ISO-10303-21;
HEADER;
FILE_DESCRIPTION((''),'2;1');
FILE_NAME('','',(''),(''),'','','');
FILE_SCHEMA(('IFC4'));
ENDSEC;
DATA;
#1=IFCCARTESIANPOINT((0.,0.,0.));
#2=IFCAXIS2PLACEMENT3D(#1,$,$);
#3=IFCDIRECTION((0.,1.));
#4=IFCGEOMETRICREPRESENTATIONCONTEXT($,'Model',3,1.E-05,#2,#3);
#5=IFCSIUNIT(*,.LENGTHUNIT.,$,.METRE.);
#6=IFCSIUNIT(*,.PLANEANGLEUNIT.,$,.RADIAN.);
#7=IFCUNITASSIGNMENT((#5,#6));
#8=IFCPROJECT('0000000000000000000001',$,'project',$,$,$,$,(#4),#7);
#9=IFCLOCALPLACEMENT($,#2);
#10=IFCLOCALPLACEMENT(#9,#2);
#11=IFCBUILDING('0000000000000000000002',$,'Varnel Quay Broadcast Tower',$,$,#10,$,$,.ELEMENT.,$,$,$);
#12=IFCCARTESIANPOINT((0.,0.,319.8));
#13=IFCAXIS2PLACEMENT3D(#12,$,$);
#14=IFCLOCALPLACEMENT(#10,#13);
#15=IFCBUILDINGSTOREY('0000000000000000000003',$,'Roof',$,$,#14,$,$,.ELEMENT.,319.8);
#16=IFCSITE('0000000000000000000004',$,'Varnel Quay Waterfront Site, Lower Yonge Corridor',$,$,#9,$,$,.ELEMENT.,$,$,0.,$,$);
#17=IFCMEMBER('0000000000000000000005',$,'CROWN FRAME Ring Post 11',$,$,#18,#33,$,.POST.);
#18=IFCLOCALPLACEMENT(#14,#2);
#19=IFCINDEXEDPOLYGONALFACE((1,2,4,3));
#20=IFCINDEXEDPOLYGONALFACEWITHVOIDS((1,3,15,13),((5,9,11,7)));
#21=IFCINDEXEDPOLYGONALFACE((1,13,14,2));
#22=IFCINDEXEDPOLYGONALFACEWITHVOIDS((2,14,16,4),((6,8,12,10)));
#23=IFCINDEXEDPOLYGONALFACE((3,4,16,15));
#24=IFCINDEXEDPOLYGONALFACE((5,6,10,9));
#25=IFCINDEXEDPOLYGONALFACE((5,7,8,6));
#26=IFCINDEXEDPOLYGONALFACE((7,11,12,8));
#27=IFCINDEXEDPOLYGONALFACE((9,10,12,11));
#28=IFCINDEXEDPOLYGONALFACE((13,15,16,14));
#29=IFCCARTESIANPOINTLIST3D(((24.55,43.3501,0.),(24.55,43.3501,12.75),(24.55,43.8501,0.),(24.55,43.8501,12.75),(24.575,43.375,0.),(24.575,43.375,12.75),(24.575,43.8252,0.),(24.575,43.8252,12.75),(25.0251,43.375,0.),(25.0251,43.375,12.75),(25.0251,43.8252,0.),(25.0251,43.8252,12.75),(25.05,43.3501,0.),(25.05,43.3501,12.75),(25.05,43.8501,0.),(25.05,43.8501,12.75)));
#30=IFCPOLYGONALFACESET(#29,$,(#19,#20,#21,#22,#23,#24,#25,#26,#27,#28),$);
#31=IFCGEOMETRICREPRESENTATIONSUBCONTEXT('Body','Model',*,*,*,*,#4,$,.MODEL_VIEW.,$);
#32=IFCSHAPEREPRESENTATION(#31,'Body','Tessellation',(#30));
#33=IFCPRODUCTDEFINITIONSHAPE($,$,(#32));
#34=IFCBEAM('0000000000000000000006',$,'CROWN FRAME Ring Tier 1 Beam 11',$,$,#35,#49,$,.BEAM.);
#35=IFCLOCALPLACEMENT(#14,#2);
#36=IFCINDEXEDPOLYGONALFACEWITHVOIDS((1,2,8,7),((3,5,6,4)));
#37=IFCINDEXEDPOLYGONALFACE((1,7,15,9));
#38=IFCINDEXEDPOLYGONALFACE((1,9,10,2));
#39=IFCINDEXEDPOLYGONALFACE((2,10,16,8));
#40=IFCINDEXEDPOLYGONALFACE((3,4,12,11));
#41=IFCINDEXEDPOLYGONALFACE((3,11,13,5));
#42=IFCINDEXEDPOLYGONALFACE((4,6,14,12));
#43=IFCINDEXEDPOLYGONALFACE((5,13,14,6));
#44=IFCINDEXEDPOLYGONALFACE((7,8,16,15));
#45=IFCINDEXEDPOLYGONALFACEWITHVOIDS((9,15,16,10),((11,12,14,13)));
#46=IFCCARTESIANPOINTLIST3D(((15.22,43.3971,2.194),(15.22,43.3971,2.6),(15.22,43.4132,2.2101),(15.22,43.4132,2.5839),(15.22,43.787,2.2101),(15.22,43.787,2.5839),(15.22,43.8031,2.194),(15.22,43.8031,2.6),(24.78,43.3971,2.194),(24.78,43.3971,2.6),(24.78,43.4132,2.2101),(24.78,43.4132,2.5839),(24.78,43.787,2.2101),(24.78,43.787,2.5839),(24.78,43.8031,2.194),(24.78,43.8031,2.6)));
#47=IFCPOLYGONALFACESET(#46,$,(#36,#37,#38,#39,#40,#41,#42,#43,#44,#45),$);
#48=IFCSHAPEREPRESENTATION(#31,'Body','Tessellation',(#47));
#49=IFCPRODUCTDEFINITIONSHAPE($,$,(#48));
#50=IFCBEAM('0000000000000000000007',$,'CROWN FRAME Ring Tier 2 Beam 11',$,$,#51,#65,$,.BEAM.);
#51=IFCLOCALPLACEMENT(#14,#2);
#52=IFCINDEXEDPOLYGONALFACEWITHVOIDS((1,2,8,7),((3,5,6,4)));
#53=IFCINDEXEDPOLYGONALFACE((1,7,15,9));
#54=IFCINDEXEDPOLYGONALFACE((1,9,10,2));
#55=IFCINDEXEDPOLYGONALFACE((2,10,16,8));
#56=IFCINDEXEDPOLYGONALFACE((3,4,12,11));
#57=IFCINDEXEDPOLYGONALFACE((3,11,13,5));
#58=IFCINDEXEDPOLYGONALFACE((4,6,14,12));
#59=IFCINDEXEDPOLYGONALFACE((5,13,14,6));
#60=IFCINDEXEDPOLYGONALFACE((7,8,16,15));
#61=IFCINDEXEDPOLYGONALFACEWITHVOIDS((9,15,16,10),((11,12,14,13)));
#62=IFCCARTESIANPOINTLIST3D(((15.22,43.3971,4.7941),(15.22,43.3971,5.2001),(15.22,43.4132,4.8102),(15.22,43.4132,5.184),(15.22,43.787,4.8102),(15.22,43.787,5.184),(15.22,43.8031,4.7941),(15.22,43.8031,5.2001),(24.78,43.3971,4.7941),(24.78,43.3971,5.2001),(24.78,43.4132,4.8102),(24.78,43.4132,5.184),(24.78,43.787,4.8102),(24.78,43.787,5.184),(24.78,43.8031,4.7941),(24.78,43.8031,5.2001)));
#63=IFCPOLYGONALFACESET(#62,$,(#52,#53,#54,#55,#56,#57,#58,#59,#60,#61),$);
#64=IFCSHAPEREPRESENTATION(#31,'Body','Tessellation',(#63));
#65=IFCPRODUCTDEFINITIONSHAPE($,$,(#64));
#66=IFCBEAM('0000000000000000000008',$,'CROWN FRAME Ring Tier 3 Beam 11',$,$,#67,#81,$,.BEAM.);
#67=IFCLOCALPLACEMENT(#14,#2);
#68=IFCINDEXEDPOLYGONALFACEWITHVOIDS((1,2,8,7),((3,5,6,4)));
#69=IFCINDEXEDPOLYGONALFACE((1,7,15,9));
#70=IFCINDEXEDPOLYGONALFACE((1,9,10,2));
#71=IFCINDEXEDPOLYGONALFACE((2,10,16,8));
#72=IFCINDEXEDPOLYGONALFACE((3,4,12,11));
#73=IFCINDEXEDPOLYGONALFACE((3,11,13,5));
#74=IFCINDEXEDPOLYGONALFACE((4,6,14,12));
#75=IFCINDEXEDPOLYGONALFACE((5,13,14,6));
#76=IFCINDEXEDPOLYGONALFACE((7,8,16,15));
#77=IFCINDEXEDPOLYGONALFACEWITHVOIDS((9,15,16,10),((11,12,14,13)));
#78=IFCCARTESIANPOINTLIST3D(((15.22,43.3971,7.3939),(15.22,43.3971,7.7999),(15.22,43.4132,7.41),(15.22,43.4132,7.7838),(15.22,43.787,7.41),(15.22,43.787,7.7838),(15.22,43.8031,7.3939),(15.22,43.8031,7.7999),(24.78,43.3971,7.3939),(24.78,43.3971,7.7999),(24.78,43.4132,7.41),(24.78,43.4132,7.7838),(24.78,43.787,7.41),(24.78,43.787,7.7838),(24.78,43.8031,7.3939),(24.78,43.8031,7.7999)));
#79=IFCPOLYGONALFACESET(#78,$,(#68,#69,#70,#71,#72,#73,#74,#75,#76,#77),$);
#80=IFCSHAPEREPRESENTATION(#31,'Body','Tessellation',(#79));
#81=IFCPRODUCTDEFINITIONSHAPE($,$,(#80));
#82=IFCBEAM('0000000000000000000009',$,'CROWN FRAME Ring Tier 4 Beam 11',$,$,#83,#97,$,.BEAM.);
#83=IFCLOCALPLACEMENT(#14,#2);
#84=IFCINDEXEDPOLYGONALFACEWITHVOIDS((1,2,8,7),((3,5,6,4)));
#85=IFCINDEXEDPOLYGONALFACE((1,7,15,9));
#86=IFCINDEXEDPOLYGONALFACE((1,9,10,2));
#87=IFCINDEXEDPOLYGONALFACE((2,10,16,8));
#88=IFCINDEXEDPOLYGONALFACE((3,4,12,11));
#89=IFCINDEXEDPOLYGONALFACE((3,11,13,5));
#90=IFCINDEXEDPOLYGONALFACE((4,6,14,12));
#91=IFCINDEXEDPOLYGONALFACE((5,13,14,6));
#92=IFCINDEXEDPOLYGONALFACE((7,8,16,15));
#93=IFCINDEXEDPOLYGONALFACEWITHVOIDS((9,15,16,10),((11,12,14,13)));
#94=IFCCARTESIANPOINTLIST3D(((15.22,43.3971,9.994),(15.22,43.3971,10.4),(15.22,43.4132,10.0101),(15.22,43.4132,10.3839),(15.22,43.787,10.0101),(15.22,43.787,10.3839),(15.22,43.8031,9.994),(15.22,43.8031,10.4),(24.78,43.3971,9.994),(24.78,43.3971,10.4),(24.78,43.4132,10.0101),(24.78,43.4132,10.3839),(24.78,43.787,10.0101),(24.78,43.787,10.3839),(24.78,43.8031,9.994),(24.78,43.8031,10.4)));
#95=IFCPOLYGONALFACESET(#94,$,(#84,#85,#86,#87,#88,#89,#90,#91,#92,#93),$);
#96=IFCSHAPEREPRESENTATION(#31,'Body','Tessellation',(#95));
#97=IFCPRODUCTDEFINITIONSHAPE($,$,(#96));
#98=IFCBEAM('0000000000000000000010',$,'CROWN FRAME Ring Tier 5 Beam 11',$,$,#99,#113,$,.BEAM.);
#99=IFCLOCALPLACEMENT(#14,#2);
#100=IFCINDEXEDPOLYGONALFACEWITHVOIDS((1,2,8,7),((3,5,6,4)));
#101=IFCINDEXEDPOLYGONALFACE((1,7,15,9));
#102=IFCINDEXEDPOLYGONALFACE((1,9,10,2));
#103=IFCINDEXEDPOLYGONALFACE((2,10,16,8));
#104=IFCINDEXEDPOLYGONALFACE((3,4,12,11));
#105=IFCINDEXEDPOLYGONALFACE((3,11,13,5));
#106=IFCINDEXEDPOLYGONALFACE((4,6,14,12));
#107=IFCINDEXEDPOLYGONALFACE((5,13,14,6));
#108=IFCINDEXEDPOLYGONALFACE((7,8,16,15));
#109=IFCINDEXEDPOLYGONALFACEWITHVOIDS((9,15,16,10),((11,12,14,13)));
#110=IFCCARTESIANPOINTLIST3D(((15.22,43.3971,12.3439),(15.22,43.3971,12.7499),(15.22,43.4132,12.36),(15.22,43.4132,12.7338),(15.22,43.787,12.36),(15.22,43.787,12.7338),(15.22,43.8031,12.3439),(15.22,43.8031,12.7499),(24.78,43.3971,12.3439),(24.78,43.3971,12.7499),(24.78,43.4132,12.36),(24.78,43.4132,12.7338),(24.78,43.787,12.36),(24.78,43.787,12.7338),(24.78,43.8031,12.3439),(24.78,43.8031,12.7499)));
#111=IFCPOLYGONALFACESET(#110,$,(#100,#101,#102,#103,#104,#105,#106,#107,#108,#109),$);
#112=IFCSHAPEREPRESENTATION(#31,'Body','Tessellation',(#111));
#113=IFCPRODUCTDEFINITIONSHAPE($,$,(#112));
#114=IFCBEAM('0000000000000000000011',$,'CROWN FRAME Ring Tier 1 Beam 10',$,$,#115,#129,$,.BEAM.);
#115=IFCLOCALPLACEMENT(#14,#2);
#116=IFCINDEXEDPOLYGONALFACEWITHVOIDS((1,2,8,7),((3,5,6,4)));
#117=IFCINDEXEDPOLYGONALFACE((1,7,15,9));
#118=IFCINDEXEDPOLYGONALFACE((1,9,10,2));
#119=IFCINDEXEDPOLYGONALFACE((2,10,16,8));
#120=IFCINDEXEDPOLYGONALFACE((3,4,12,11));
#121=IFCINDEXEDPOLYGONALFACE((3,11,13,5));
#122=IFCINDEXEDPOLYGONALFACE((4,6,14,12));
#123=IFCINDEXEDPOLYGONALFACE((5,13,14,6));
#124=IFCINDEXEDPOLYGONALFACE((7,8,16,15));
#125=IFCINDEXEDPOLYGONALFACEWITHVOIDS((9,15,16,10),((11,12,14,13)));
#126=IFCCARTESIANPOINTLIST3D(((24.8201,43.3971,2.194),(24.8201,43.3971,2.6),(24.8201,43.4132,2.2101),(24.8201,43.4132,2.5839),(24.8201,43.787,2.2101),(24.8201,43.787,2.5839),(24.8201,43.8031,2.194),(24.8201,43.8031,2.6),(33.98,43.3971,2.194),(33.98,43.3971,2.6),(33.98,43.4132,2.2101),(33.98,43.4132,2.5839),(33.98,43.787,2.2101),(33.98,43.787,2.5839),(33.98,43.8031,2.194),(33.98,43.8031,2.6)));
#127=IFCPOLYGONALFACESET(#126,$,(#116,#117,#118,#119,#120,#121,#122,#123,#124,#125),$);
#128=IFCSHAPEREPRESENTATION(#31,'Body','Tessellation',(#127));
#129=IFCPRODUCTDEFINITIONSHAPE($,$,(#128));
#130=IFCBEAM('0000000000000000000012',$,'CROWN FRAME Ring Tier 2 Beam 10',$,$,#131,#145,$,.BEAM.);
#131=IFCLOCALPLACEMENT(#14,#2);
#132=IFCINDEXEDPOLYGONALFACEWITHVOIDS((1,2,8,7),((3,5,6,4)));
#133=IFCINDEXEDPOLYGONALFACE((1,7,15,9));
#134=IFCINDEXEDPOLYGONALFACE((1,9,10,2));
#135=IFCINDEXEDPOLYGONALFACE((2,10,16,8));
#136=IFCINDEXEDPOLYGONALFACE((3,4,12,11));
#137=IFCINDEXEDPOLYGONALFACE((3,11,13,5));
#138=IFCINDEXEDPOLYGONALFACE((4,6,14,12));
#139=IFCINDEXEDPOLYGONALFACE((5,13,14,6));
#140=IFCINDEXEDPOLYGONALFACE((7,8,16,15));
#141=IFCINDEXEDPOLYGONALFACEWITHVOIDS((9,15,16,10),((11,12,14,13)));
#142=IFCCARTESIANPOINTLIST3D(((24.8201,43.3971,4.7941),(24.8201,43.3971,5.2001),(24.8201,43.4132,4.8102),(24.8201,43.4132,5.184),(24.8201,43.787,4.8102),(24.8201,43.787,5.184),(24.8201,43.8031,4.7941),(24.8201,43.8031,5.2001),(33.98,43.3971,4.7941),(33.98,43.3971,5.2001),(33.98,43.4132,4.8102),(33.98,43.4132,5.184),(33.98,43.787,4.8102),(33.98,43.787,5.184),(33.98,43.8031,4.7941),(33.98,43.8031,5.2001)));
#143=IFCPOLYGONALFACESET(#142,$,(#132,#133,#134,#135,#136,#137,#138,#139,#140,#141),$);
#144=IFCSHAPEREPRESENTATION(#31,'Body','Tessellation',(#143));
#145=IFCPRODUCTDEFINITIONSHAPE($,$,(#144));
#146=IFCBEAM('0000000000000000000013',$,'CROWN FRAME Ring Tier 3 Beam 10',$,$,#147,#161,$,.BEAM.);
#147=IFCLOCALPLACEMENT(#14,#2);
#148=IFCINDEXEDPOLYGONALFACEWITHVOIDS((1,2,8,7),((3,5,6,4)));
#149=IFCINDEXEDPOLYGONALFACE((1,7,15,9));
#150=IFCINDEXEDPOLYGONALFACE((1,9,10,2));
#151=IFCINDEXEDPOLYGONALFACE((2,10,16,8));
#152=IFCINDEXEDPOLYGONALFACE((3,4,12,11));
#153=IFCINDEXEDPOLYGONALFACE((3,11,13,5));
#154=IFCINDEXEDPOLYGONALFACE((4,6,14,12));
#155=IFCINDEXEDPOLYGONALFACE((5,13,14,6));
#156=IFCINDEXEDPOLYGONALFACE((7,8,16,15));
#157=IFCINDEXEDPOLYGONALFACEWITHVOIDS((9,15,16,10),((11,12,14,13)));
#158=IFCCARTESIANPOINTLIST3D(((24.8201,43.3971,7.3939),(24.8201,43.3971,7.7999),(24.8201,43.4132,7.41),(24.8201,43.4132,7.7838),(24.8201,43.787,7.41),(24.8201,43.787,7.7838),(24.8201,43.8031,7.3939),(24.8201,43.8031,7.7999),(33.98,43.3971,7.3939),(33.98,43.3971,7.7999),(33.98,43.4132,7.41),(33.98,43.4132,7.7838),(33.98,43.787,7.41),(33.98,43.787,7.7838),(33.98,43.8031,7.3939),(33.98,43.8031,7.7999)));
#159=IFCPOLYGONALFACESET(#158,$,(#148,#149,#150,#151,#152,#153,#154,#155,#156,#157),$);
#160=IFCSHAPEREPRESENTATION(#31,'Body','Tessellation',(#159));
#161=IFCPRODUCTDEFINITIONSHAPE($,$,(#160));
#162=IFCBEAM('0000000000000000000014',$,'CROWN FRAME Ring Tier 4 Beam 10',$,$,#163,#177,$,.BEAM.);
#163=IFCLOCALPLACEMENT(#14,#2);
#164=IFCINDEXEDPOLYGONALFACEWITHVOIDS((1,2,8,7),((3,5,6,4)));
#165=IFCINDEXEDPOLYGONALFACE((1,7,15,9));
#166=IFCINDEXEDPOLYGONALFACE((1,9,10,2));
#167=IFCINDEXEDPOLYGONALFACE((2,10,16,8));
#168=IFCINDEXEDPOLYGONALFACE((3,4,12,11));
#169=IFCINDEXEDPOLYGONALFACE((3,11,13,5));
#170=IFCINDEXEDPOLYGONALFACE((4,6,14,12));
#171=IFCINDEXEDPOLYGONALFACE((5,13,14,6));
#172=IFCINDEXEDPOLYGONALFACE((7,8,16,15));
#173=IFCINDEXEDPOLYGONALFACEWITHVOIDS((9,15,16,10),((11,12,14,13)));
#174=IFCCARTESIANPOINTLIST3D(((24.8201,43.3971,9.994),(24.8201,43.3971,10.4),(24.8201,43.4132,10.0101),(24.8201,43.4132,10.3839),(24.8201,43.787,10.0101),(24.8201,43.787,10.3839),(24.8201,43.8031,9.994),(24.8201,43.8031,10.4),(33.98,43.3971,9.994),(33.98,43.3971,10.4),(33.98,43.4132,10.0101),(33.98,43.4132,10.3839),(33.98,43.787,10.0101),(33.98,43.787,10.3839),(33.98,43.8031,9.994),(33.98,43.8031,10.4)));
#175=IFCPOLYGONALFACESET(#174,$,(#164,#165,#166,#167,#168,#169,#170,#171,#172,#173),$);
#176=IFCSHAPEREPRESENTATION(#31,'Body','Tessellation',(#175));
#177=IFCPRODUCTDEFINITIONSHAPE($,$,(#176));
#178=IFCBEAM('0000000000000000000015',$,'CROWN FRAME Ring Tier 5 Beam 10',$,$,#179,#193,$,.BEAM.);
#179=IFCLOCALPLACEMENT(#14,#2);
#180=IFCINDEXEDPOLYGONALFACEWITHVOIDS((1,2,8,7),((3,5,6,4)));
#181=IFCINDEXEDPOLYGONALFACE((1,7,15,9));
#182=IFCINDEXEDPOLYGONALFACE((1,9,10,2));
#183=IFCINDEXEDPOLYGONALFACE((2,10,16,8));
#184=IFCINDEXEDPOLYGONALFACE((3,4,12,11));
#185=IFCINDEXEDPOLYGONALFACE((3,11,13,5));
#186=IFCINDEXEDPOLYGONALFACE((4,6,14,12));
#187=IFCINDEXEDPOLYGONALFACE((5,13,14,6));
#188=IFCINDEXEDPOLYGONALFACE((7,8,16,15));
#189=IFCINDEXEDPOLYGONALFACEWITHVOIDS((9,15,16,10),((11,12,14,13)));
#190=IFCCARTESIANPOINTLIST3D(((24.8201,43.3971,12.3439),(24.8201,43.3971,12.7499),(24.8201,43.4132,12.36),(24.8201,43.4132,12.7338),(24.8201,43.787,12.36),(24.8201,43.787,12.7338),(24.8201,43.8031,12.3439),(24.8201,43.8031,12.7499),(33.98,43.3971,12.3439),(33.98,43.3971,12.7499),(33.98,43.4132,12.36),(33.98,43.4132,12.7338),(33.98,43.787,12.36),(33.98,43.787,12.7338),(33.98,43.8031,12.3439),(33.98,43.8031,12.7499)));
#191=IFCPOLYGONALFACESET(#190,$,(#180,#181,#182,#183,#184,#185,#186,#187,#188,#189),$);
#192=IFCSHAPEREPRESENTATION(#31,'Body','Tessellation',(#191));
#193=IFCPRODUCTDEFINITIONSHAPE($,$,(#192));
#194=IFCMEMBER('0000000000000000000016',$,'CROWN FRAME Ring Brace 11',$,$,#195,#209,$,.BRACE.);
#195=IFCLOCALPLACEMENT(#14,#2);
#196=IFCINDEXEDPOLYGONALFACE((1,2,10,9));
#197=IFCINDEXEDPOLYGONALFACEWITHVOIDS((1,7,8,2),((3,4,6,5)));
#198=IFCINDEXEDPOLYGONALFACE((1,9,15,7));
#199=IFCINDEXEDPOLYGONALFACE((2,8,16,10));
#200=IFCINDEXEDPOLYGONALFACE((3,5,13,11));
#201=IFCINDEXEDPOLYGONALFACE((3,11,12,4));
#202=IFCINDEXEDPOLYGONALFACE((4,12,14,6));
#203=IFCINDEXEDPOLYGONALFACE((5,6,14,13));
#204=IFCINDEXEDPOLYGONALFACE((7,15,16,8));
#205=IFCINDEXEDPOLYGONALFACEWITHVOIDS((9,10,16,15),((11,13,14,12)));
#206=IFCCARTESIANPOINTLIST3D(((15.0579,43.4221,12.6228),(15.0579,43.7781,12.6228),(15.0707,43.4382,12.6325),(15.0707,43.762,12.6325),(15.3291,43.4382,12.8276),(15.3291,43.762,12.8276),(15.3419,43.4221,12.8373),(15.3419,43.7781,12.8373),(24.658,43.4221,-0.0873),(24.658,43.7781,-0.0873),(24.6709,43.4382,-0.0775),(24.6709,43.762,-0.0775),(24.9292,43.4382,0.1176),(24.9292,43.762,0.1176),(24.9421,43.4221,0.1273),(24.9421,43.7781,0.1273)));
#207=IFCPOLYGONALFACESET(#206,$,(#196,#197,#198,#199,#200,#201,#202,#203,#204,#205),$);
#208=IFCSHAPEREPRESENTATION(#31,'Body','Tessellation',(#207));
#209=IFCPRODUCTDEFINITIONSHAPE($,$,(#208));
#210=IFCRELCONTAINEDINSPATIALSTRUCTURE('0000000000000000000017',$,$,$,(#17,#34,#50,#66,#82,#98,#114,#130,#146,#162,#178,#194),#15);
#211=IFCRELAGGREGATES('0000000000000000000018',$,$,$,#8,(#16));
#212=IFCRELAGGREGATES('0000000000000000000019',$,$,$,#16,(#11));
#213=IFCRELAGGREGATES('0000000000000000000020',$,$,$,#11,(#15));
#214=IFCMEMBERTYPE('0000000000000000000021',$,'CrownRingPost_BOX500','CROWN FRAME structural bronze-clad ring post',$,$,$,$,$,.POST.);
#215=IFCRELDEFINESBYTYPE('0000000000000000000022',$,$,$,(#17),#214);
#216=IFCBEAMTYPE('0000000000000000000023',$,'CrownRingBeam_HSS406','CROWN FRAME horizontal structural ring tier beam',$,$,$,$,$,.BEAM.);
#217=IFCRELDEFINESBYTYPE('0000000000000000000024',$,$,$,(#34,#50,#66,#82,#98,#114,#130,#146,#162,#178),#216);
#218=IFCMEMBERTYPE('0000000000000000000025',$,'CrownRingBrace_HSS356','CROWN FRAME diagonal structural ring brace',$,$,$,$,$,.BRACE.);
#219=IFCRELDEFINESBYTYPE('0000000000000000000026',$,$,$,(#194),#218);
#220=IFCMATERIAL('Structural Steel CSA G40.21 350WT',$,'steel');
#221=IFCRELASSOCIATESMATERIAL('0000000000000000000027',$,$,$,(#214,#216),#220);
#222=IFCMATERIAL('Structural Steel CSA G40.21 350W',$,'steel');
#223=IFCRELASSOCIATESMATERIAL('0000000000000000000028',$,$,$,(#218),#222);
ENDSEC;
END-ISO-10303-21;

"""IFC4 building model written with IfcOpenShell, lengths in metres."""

from ifc_helpers import new_model, si_unit, direction, frame, origin, origin_2d, place, context, subcontext, project, spatial, hollow_rectangle, extrude, source, transform, mapped, material, material_profile, profile_set, type_object, type_shapes, element, save


model = new_model("IFC4")

# Units and contexts
model_context = context("Model", 3, precision=1e-05, world=origin(), true_north=direction((0.0, 1.0)))
body_context = subcontext(model_context, "Body", "Model", "MODEL_VIEW")
ifc_project = project(units=[si_unit("LENGTHUNIT", "METRE"), si_unit("PLANEANGLEUNIT", "RADIAN")], contexts=[model_context])

# Site, building, storey
site_placement = place(None, origin())
site = spatial("IfcSite", under=ifc_project, at=site_placement, Name="Varnel Quay Waterfront Site, Lower Yonge Corridor", CompositionType="ELEMENT", RefElevation=0.0)
building_placement = place(site_placement, origin())
building = spatial("IfcBuilding", under=site, at=building_placement, Name="Varnel Quay Broadcast Tower", CompositionType="ELEMENT")
storey_placement = place(building_placement, frame((0.0, 0.0, 319.8)))
storey = spatial("IfcBuildingStorey", under=building, at=storey_placement, Name="Roof", CompositionType="ELEMENT", Elevation=319.8)

# Member
ifc_material_1 = material(Name="Structural Steel CSA G40.21 350WT", Category="steel")
ifc_material_profile_1 = material_profile(ifc_material_1, hollow_rectangle(XDim=0.5, YDim=0.5, WallThickness=0.0249, at=origin_2d()), Name="BOX500X500X25")
ifc_profile_set_1 = profile_set([ifc_material_profile_1], Name="Structural Steel CSA G40.21 350WT")
member_type_1 = type_object("IfcMemberType", Name="CrownRingPost_BOX500", Description="CROWN FRAME structural bronze-clad ring post", PredefinedType="POST", material=ifc_profile_set_1)
shared_shape_1 = source(origin(), body_context, "Body", "SweptSolid", [
    extrude(hollow_rectangle(XDim=0.5, YDim=0.5, WallThickness=0.0249, at=origin_2d()), origin(), (0.0, 0.0, 1.0), 12.75),
])
type_shapes(member_type_1, [shared_shape_1])
member_1_placement = place(storey_placement, frame((24.8, 43.6001, 0.0), z_axis=(0.0, 0.0, 1.0), x_axis=(1.0, 0.0, 0.0)))
element("IfcMember", 1, at=member_1_placement, inside=storey, type_object=member_type_1, Name="CROWN FRAME Ring Post 11", PredefinedType="POST", context=body_context, shape_type="MappedRepresentation", body=[
    mapped(shared_shape_1, transform((0.0, 0.0, 0.0), x_axis=(1.0, 0.0, 0.0), y_axis=(0.0, 1.0, 0.0), z_axis=(0.0, 0.0, 1.0), scale=1.0)),
])

# Beams
ifc_material_profile_2 = material_profile(ifc_material_1, hollow_rectangle(XDim=0.406, YDim=0.406, WallThickness=0.0161, at=origin_2d()), Name="HSS406X406X16")
ifc_profile_set_2 = profile_set([ifc_material_profile_2], Name="Structural Steel CSA G40.21 350WT")
beam_type = type_object("IfcBeamType", Name="CrownRingBeam_HSS406", Description="CROWN FRAME horizontal structural ring tier beam", PredefinedType="BEAM", material=ifc_profile_set_2)
shared_shape_2 = source(origin(), body_context, "Body", "SweptSolid", [
    extrude(hollow_rectangle(XDim=0.406, YDim=0.406, WallThickness=0.0161, at=origin_2d()), origin(), (0.0, 0.0, 1.0), 9.5601),
])
for number, where, z_axis, x_axis, name in (
    (2, (24.78, 43.6001, 2.397), (-1.0, 0.0, 0.0), (0.0, -1.0, 0.0), "CROWN FRAME Ring Tier 1 Beam 11"),
    (3, (24.78, 43.6001, 4.9971), (-1.0, 0.0, 0.0), (0.0, -1.0, 0.0), "CROWN FRAME Ring Tier 2 Beam 11"),
    (4, (24.78, 43.6001, 7.5969), (-1.0, 0.0, 0.0), (0.0, -1.0, 0.0), "CROWN FRAME Ring Tier 3 Beam 11"),
    (5, (24.78, 43.6001, 10.197), (-1.0, 0.0, 0.0), (0.0, -1.0, 0.0), "CROWN FRAME Ring Tier 4 Beam 11"),
    (6, (24.78, 43.6001, 12.5469), (-1.0, 0.0, 0.0), (0.0, -1.0, 0.0), "CROWN FRAME Ring Tier 5 Beam 11"),
):
    element("IfcBeam", number, at=place(storey_placement, frame(where, z_axis=z_axis, x_axis=x_axis)), inside=storey, type_object=beam_type, Name=name, PredefinedType="BEAM", context=body_context, shape_type="MappedRepresentation", body=[
        mapped(shared_shape_2, transform((0.0, 0.0, 0.0), x_axis=(1.0, 0.0, 0.0), y_axis=(0.0, 1.0, 0.0), z_axis=(0.0, 0.0, 1.0), scale=1.0)),
    ])
shared_shape_3 = source(origin(), body_context, "Body", "SweptSolid", [
    extrude(hollow_rectangle(XDim=0.406, YDim=0.406, WallThickness=0.0161, at=origin_2d()), origin(), (0.0, 0.0, 1.0), 9.1599),
])
type_shapes(beam_type, [shared_shape_2, shared_shape_3])
for number, where, z_axis, x_axis, name in (
    (7, (33.98, 43.6001, 2.397), (-1.0, 0.0, 0.0), (0.0, -1.0, 0.0), "CROWN FRAME Ring Tier 1 Beam 10"),
    (8, (33.98, 43.6001, 4.9971), (-1.0, 0.0, 0.0), (0.0, -1.0, 0.0), "CROWN FRAME Ring Tier 2 Beam 10"),
    (9, (33.98, 43.6001, 7.5969), (-1.0, 0.0, 0.0), (0.0, -1.0, 0.0), "CROWN FRAME Ring Tier 3 Beam 10"),
    (10, (33.98, 43.6001, 10.197), (-1.0, 0.0, 0.0), (0.0, -1.0, 0.0), "CROWN FRAME Ring Tier 4 Beam 10"),
    (11, (33.98, 43.6001, 12.5469), (-1.0, 0.0, 0.0), (0.0, -1.0, 0.0), "CROWN FRAME Ring Tier 5 Beam 10"),
):
    element("IfcBeam", number, at=place(storey_placement, frame(where, z_axis=z_axis, x_axis=x_axis)), inside=storey, type_object=beam_type, Name=name, PredefinedType="BEAM", context=body_context, shape_type="MappedRepresentation", body=[
        mapped(shared_shape_3, transform((0.0, 0.0, 0.0), x_axis=(1.0, 0.0, 0.0), y_axis=(0.0, 1.0, 0.0), z_axis=(0.0, 0.0, 1.0), scale=1.0)),
    ])

# Member
ifc_material_2 = material(Name="Structural Steel CSA G40.21 350W", Category="steel")
ifc_material_profile_3 = material_profile(ifc_material_2, hollow_rectangle(XDim=0.356, YDim=0.356, WallThickness=0.0161, at=origin_2d()), Name="HSS356X356X16")
ifc_profile_set_3 = profile_set([ifc_material_profile_3], Name="Structural Steel CSA G40.21 350W")
member_type_2 = type_object("IfcMemberType", Name="CrownRingBrace_HSS356", Description="CROWN FRAME diagonal structural ring brace", PredefinedType="BRACE", material=ifc_profile_set_3)
shared_shape_4 = source(origin(), body_context, "Body", "SweptSolid", [
    extrude(hollow_rectangle(XDim=0.356, YDim=0.356, WallThickness=0.0161, at=origin_2d()), origin(), (0.0, 0.0, 1.0), 15.9282),
])
type_shapes(member_type_2, [shared_shape_4])
member_2_placement = place(storey_placement, frame((24.8, 43.6001, 0.02), z_axis=(-0.602714, 0.0, 0.797957), x_axis=(0.0, -1.0, 0.0)))
element("IfcMember", 12, at=member_2_placement, inside=storey, type_object=member_type_2, Name="CROWN FRAME Ring Brace 11", PredefinedType="BRACE", context=body_context, shape_type="MappedRepresentation", body=[
    mapped(shared_shape_4, transform((0.0, 0.0, 0.0), x_axis=(1.0, 0.0, 0.0), y_axis=(0.0, 1.0, 0.0), z_axis=(0.0, 0.0, 1.0), scale=1.0)),
])

save(model, "model.ifc")
